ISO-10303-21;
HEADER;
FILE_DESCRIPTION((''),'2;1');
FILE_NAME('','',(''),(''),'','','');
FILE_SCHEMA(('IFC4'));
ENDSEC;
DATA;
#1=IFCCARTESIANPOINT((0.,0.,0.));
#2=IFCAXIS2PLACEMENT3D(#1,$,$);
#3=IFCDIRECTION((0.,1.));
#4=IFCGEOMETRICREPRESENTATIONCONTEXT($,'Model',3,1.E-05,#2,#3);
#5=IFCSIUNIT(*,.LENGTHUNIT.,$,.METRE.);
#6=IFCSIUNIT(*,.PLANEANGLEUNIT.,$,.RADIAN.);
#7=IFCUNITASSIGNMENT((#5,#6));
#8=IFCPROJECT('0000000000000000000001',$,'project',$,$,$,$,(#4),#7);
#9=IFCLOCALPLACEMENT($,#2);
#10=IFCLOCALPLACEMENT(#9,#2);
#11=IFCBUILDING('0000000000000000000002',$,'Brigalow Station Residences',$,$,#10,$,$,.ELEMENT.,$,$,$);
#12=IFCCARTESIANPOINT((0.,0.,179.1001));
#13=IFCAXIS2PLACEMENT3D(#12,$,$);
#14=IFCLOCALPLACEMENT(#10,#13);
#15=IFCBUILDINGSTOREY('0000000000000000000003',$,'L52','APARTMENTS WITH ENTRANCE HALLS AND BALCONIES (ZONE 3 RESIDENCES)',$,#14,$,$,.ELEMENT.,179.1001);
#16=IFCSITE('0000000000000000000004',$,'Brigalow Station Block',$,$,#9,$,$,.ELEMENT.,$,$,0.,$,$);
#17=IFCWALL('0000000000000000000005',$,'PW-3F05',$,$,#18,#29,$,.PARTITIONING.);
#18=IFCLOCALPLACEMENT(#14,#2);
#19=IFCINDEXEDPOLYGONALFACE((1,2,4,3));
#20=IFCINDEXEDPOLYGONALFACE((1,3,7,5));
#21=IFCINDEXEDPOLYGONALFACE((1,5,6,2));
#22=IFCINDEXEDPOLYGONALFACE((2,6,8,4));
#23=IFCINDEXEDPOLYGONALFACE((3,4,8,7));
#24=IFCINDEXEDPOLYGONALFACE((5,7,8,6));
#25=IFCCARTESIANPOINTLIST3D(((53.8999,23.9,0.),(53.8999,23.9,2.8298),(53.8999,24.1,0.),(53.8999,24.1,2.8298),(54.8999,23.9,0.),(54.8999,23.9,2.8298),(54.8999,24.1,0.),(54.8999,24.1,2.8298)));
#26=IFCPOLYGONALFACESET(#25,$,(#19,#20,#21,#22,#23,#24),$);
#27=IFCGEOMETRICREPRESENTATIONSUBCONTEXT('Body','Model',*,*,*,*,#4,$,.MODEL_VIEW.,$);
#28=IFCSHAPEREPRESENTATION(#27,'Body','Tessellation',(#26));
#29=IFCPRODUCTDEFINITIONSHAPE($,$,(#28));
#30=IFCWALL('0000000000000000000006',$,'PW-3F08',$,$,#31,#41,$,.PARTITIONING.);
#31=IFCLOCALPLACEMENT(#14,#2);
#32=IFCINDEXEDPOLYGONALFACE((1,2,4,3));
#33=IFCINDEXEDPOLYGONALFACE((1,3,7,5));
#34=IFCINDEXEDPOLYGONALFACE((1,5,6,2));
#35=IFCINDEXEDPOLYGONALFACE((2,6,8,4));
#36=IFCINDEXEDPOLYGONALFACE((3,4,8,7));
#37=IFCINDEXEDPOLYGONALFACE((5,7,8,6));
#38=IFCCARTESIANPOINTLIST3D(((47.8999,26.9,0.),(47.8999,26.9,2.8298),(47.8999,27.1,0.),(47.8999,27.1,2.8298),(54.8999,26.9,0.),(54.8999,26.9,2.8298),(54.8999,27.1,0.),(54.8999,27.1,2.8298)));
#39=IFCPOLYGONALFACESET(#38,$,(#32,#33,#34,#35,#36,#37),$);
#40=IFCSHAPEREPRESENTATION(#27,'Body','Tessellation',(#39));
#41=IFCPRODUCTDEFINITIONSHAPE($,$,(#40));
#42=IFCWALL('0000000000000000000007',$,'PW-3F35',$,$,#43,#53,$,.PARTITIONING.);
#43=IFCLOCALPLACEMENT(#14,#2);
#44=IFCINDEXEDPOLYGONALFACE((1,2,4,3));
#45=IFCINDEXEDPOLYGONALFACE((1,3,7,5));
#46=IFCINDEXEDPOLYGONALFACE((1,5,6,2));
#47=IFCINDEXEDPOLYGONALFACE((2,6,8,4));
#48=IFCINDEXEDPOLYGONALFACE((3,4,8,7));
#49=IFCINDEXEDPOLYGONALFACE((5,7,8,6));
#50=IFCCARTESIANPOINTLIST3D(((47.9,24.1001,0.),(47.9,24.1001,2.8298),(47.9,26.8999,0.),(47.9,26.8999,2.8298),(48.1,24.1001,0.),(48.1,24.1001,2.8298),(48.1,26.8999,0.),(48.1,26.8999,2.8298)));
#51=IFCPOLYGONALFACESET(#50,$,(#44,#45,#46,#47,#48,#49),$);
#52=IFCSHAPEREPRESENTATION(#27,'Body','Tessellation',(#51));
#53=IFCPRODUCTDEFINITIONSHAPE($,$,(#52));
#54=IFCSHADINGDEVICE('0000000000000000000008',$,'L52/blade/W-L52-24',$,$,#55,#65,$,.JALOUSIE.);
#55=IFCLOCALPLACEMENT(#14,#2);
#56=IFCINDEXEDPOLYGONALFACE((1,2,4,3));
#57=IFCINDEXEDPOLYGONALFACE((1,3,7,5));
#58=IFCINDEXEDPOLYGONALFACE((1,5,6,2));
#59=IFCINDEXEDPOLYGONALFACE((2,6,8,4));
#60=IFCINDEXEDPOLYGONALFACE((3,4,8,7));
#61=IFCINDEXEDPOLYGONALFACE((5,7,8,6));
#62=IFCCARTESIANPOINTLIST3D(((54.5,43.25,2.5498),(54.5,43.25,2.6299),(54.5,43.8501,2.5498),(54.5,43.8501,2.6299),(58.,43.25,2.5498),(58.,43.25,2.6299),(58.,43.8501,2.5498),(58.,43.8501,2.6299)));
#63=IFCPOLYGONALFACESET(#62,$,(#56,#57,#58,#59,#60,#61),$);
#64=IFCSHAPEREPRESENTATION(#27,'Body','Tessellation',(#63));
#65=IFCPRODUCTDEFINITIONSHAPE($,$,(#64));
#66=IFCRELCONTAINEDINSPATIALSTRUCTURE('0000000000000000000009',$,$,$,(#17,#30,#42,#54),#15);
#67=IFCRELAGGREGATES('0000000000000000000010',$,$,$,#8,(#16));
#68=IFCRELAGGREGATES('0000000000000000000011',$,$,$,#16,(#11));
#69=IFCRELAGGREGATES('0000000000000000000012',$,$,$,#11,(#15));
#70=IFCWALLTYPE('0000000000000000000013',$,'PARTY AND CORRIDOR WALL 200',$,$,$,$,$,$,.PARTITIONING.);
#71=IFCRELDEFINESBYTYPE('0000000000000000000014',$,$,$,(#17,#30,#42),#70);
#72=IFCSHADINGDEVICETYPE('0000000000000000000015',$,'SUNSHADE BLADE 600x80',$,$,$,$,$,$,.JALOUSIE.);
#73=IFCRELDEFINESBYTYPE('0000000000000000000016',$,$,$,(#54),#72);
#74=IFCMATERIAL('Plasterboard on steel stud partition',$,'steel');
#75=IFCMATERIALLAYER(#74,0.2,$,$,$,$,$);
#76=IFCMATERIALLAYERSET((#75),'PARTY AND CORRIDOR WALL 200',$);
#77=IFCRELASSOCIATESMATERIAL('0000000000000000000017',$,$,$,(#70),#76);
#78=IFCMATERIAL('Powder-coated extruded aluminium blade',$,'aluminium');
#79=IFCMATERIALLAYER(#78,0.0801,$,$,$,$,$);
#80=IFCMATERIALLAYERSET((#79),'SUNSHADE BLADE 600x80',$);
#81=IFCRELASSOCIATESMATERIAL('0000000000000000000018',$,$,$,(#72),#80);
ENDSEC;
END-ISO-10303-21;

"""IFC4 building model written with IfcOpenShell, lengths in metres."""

from ifc_helpers import new_model, si_unit, direction, frame, frame_2d, origin, origin_2d, place, context, subcontext, project, spatial, rectangle, extrude, material, layer, layer_set, type_object, element, save


model = new_model("IFC4")

# Units and contexts
model_context = context("Model", 3, precision=1e-05, world=origin(), true_north=direction((0.0, 1.0)))
body_context = subcontext(model_context, "Body", "Model", "MODEL_VIEW")
ifc_project = project(units=[si_unit("LENGTHUNIT", "METRE"), si_unit("PLANEANGLEUNIT", "RADIAN")], contexts=[model_context])

# Site, building, storey
site_placement = place(None, origin())
site = spatial("IfcSite", under=ifc_project, at=site_placement, Name="Brigalow Station Block", CompositionType="ELEMENT", RefElevation=0.0)
building_placement = place(site_placement, origin())
building = spatial("IfcBuilding", under=site, at=building_placement, Name="Brigalow Station Residences", CompositionType="ELEMENT")
storey_placement = place(building_placement, frame((0.0, 0.0, 179.1001)))
storey = spatial("IfcBuildingStorey", under=building, at=storey_placement, Name="L52", Description="APARTMENTS WITH ENTRANCE HALLS AND BALCONIES (ZONE 3 RESIDENCES)", CompositionType="ELEMENT", Elevation=179.1001)

# Walls
ifc_material_1 = material(Name="Plasterboard on steel stud partition", Category="steel")
ifc_layer_1 = layer(ifc_material_1, 0.2)
ifc_layer_set_1 = layer_set([ifc_layer_1], Name="PARTY AND CORRIDOR WALL 200")
wall_type_1 = type_object("IfcWallType", Name="PARTY AND CORRIDOR WALL 200", PredefinedType="PARTITIONING", material=ifc_layer_set_1)
wall_1_placement = place(storey_placement, frame((53.8999, 24.0, 0.0), z_axis=(0.0, 0.0, 1.0), x_axis=(1.0, 0.0, 0.0)))
element("IfcWall", 1, at=wall_1_placement, inside=storey, type_object=wall_type_1, Name="PW-3F05", PredefinedType="PARTITIONING", context=body_context, shape_type="SweptSolid", body=[
    extrude(rectangle(XDim=1.0, YDim=0.2, at=frame_2d((0.5, 0.0))), origin(), (0.0, 0.0, 1.0), 2.8298),
])
wall_2_placement = place(storey_placement, frame((47.8999, 27.0, 0.0), z_axis=(0.0, 0.0, 1.0), x_axis=(1.0, 0.0, 0.0)))
element("IfcWall", 2, at=wall_2_placement, inside=storey, type_object=wall_type_1, Name="PW-3F08", PredefinedType="PARTITIONING", context=body_context, shape_type="SweptSolid", body=[
    extrude(rectangle(XDim=7.0, YDim=0.2, at=frame_2d((3.5, 0.0))), origin(), (0.0, 0.0, 1.0), 2.8298),
])
wall_3_placement = place(storey_placement, frame((48.0, 24.1001, 0.0), z_axis=(0.0, 0.0, 1.0), x_axis=(0.0, 1.0, 0.0)))
element("IfcWall", 3, at=wall_3_placement, inside=storey, type_object=wall_type_1, Name="PW-3F35", PredefinedType="PARTITIONING", context=body_context, shape_type="SweptSolid", body=[
    extrude(rectangle(XDim=2.7998, YDim=0.2, at=frame_2d((1.3999, 0.0))), origin(), (0.0, 0.0, 1.0), 2.8298),
])

# Shading device
ifc_material_2 = material(Name="Powder-coated extruded aluminium blade", Category="aluminium")
ifc_layer_2 = layer(ifc_material_2, 0.0801)
ifc_layer_set_2 = layer_set([ifc_layer_2], Name="SUNSHADE BLADE 600x80")
shading_device_type = type_object("IfcShadingDeviceType", Name="SUNSHADE BLADE 600x80", PredefinedType="JALOUSIE", material=ifc_layer_set_2)
shading_device_placement = place(storey_placement, frame((56.25, 43.55, 2.5498), z_axis=(0.0, 0.0, 1.0), x_axis=(-1.0, 0.0, 0.0)))
element("IfcShadingDevice", 4, at=shading_device_placement, inside=storey, type_object=shading_device_type, Name="L52/blade/W-L52-24", PredefinedType="JALOUSIE", context=body_context, shape_type="SweptSolid", body=[
    extrude(rectangle(XDim=3.5, YDim=0.6001, at=origin_2d()), origin(), (0.0, 0.0, 1.0), 0.0801),
])

save(model, "model.ifc")
